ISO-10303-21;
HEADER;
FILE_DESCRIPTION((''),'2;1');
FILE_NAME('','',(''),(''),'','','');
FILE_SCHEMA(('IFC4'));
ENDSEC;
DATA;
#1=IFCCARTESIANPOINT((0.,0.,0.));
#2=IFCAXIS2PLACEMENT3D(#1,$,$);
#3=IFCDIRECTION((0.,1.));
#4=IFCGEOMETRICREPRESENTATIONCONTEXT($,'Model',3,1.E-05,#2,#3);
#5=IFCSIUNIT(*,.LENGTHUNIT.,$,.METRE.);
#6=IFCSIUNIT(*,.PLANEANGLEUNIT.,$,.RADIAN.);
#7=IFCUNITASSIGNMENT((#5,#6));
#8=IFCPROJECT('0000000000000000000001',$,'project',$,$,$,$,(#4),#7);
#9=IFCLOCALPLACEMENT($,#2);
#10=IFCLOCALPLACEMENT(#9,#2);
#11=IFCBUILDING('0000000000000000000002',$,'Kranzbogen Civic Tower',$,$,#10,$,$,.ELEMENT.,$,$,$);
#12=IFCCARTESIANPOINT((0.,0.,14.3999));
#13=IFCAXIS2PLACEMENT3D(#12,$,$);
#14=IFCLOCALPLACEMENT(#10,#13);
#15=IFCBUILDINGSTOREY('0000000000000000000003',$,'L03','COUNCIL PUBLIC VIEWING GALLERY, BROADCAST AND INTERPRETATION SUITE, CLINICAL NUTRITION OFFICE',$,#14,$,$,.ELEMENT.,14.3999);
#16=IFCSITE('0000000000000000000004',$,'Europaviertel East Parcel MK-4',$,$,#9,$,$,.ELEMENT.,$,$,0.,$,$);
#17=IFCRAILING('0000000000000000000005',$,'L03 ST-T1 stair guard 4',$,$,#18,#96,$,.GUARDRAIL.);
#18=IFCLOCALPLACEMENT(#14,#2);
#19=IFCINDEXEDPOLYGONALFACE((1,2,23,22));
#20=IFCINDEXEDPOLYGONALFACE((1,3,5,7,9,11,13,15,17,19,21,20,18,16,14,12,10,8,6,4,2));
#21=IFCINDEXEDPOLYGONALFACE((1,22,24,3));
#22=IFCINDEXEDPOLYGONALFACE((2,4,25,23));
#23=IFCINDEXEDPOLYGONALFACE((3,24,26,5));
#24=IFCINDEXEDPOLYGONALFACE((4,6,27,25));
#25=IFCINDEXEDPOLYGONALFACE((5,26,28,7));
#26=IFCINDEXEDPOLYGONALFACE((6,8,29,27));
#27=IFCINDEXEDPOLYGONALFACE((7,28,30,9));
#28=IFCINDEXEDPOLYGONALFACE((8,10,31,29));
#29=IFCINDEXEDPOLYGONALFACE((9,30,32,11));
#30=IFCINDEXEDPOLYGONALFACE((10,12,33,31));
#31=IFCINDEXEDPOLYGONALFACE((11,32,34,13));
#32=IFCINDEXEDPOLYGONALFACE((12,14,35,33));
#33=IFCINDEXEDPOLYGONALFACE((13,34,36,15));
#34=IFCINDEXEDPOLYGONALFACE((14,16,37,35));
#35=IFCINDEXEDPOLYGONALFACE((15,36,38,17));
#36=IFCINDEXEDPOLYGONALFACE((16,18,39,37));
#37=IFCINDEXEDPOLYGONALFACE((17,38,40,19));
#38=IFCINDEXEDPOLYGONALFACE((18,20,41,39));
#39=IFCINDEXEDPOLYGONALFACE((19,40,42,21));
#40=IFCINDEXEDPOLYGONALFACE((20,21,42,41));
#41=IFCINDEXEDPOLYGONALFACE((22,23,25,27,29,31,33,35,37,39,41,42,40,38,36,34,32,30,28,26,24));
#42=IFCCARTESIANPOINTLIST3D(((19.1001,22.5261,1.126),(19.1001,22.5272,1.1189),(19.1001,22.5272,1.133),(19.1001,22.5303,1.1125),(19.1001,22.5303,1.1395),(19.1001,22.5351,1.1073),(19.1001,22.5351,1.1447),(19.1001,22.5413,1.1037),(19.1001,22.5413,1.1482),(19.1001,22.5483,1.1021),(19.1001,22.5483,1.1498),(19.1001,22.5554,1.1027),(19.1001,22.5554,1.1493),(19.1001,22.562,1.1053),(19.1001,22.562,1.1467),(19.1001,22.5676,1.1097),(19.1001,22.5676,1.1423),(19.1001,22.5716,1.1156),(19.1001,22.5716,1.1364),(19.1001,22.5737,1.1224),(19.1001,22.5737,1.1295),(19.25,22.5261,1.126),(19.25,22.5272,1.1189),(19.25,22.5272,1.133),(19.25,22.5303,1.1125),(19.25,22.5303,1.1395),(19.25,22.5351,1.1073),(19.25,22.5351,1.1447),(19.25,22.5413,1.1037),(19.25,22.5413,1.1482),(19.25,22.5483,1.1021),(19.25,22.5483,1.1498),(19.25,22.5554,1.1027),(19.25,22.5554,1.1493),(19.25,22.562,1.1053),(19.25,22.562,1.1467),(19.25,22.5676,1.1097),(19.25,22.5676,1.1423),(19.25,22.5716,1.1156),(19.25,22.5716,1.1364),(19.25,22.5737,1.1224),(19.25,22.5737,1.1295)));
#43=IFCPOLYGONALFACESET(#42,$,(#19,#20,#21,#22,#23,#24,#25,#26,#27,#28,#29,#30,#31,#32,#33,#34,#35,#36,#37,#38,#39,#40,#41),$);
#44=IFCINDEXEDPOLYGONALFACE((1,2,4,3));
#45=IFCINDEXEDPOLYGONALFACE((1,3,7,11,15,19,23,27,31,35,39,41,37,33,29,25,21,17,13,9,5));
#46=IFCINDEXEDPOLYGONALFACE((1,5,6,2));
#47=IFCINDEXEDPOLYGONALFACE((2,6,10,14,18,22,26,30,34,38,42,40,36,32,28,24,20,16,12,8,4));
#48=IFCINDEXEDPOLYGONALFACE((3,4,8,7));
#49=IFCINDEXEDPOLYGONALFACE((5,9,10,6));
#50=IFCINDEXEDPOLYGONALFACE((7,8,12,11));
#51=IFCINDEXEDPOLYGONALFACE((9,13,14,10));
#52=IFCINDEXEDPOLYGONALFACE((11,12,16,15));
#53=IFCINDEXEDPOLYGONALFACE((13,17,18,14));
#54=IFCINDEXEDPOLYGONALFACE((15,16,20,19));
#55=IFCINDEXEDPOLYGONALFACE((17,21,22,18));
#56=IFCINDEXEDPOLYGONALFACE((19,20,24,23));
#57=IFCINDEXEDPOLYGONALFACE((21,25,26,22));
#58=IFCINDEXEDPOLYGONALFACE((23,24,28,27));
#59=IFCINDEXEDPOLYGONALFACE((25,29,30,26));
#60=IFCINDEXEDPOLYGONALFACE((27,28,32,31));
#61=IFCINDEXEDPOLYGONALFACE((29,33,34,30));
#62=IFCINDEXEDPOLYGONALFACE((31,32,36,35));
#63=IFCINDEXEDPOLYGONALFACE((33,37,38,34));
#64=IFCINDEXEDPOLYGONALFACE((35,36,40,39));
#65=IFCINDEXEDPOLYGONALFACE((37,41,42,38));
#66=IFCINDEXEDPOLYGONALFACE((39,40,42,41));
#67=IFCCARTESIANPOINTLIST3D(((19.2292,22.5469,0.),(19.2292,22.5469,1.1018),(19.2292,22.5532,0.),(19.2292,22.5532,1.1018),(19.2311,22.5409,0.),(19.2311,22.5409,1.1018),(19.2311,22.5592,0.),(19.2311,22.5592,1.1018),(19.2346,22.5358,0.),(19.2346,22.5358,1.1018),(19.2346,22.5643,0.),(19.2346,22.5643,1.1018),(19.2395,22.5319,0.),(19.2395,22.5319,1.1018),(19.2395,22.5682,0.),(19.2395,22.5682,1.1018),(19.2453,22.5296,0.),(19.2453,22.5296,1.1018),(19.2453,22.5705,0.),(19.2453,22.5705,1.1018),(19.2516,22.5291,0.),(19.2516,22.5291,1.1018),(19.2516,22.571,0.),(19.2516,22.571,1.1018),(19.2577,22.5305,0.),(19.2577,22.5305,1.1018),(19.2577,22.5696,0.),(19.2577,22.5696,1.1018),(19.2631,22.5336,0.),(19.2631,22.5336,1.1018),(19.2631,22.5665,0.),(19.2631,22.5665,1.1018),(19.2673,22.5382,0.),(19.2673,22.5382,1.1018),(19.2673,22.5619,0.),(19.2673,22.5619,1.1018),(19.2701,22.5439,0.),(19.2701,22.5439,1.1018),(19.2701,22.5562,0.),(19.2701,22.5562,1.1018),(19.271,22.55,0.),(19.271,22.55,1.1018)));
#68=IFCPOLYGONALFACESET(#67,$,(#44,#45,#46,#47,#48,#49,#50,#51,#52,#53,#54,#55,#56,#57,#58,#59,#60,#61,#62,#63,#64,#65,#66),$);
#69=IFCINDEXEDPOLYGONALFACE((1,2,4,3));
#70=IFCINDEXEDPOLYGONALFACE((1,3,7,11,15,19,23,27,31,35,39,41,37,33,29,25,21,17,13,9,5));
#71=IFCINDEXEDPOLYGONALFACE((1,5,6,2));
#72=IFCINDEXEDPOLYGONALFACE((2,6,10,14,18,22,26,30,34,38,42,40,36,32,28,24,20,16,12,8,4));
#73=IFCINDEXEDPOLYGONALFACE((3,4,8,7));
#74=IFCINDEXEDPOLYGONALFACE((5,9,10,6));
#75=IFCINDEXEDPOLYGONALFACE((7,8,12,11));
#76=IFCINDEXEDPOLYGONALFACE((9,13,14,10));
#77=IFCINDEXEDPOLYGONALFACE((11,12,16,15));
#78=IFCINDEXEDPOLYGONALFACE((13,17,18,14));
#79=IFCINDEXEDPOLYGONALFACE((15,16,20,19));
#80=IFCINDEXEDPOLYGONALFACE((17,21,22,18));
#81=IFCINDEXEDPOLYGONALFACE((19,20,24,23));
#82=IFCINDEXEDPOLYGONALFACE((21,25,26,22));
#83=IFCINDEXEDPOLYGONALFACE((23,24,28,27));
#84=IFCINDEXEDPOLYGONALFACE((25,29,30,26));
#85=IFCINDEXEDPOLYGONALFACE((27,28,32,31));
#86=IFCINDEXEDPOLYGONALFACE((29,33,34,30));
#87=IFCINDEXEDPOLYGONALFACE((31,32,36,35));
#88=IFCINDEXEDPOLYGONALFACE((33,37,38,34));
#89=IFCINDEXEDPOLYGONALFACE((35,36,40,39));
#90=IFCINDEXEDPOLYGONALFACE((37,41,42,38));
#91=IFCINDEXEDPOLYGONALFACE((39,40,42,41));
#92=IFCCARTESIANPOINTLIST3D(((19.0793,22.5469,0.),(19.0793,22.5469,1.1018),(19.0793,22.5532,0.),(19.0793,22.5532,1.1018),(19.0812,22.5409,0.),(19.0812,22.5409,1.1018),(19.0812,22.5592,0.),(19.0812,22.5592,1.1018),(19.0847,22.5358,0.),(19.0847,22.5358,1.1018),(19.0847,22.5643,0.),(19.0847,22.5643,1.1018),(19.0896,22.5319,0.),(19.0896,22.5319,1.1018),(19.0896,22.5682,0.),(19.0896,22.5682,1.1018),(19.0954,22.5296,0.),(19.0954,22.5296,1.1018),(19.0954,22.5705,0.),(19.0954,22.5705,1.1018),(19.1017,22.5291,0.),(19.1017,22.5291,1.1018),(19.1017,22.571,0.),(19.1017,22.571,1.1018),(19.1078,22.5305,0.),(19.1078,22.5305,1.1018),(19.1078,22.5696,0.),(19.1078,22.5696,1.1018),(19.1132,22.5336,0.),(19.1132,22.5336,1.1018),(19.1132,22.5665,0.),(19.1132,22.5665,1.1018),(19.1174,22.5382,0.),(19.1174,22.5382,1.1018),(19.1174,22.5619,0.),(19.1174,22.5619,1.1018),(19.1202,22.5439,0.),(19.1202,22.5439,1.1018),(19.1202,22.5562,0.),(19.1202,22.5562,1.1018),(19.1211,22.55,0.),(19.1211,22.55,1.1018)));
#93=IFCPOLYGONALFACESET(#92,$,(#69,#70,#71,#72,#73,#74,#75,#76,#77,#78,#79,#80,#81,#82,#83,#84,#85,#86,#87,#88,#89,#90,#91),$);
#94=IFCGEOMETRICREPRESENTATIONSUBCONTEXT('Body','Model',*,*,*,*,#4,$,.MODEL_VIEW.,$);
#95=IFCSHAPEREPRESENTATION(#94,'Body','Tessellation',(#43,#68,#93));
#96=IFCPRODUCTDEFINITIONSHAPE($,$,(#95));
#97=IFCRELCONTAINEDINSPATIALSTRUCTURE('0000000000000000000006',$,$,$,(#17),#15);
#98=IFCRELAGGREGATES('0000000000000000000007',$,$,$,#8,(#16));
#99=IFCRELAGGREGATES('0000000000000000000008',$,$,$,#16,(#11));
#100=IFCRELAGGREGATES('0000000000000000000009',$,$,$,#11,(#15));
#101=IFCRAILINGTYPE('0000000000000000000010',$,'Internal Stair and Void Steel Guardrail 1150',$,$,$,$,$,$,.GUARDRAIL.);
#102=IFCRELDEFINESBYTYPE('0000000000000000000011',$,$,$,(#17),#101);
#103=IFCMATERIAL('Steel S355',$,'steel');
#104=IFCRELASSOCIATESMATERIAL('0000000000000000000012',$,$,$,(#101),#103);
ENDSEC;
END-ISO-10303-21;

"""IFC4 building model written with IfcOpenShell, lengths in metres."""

from ifc_helpers import new_model, si_unit, direction, frame, origin, origin_2d, place, context, subcontext, project, spatial, circle, extrude, material, type_object, element, save


model = new_model("IFC4")

# Units and contexts
model_context = context("Model", 3, precision=1e-05, world=origin(), true_north=direction((0.0, 1.0)))
body_context = subcontext(model_context, "Body", "Model", "MODEL_VIEW")
ifc_project = project(units=[si_unit("LENGTHUNIT", "METRE"), si_unit("PLANEANGLEUNIT", "RADIAN")], contexts=[model_context])

# Site, building, storey
site_placement = place(None, origin())
site = spatial("IfcSite", under=ifc_project, at=site_placement, Name="Europaviertel East Parcel MK-4", CompositionType="ELEMENT", RefElevation=0.0)
building_placement = place(site_placement, origin())
building = spatial("IfcBuilding", under=site, at=building_placement, Name="Kranzbogen Civic Tower", CompositionType="ELEMENT")
storey_placement = place(building_placement, frame((0.0, 0.0, 14.3999)))
storey = spatial("IfcBuildingStorey", under=building, at=storey_placement, Name="L03", Description="COUNCIL PUBLIC VIEWING GALLERY, BROADCAST AND INTERPRETATION SUITE, CLINICAL NUTRITION OFFICE", CompositionType="ELEMENT", Elevation=14.3999)

# Shared definitions
ifc_material_1 = material(Name="Steel S355", Category="steel")

# Railing
railing_type_1 = type_object("IfcRailingType", Name="Internal Stair and Void Steel Guardrail 1150", PredefinedType="GUARDRAIL", material=ifc_material_1)
railing_1_placement = place(storey_placement, frame((19.25, 22.55, 0.0)))
element("IfcRailing", 1, at=railing_1_placement, inside=storey, type_object=railing_type_1, Name="L03 ST-T1 stair guard 4", PredefinedType="GUARDRAIL", context=body_context, shape_type="SweptSolid", body=[
    extrude(circle(Radius=0.0239, at=origin_2d()), frame((0.0, 0.0, 1.126), z_axis=(-1.0, 0.0, 0.0), x_axis=(0.0, -1.0, 0.0)), (0.0, 0.0, 1.0), 0.1499),
    extrude(circle(Radius=0.021, at=origin_2d()), origin(), (0.0, 0.0, 1.0), 1.1018),
    extrude(circle(Radius=0.021, at=origin_2d()), frame((-0.1499, 0.0, 0.0)), (0.0, 0.0, 1.0), 1.1018),
])

save(model, "model.ifc")
